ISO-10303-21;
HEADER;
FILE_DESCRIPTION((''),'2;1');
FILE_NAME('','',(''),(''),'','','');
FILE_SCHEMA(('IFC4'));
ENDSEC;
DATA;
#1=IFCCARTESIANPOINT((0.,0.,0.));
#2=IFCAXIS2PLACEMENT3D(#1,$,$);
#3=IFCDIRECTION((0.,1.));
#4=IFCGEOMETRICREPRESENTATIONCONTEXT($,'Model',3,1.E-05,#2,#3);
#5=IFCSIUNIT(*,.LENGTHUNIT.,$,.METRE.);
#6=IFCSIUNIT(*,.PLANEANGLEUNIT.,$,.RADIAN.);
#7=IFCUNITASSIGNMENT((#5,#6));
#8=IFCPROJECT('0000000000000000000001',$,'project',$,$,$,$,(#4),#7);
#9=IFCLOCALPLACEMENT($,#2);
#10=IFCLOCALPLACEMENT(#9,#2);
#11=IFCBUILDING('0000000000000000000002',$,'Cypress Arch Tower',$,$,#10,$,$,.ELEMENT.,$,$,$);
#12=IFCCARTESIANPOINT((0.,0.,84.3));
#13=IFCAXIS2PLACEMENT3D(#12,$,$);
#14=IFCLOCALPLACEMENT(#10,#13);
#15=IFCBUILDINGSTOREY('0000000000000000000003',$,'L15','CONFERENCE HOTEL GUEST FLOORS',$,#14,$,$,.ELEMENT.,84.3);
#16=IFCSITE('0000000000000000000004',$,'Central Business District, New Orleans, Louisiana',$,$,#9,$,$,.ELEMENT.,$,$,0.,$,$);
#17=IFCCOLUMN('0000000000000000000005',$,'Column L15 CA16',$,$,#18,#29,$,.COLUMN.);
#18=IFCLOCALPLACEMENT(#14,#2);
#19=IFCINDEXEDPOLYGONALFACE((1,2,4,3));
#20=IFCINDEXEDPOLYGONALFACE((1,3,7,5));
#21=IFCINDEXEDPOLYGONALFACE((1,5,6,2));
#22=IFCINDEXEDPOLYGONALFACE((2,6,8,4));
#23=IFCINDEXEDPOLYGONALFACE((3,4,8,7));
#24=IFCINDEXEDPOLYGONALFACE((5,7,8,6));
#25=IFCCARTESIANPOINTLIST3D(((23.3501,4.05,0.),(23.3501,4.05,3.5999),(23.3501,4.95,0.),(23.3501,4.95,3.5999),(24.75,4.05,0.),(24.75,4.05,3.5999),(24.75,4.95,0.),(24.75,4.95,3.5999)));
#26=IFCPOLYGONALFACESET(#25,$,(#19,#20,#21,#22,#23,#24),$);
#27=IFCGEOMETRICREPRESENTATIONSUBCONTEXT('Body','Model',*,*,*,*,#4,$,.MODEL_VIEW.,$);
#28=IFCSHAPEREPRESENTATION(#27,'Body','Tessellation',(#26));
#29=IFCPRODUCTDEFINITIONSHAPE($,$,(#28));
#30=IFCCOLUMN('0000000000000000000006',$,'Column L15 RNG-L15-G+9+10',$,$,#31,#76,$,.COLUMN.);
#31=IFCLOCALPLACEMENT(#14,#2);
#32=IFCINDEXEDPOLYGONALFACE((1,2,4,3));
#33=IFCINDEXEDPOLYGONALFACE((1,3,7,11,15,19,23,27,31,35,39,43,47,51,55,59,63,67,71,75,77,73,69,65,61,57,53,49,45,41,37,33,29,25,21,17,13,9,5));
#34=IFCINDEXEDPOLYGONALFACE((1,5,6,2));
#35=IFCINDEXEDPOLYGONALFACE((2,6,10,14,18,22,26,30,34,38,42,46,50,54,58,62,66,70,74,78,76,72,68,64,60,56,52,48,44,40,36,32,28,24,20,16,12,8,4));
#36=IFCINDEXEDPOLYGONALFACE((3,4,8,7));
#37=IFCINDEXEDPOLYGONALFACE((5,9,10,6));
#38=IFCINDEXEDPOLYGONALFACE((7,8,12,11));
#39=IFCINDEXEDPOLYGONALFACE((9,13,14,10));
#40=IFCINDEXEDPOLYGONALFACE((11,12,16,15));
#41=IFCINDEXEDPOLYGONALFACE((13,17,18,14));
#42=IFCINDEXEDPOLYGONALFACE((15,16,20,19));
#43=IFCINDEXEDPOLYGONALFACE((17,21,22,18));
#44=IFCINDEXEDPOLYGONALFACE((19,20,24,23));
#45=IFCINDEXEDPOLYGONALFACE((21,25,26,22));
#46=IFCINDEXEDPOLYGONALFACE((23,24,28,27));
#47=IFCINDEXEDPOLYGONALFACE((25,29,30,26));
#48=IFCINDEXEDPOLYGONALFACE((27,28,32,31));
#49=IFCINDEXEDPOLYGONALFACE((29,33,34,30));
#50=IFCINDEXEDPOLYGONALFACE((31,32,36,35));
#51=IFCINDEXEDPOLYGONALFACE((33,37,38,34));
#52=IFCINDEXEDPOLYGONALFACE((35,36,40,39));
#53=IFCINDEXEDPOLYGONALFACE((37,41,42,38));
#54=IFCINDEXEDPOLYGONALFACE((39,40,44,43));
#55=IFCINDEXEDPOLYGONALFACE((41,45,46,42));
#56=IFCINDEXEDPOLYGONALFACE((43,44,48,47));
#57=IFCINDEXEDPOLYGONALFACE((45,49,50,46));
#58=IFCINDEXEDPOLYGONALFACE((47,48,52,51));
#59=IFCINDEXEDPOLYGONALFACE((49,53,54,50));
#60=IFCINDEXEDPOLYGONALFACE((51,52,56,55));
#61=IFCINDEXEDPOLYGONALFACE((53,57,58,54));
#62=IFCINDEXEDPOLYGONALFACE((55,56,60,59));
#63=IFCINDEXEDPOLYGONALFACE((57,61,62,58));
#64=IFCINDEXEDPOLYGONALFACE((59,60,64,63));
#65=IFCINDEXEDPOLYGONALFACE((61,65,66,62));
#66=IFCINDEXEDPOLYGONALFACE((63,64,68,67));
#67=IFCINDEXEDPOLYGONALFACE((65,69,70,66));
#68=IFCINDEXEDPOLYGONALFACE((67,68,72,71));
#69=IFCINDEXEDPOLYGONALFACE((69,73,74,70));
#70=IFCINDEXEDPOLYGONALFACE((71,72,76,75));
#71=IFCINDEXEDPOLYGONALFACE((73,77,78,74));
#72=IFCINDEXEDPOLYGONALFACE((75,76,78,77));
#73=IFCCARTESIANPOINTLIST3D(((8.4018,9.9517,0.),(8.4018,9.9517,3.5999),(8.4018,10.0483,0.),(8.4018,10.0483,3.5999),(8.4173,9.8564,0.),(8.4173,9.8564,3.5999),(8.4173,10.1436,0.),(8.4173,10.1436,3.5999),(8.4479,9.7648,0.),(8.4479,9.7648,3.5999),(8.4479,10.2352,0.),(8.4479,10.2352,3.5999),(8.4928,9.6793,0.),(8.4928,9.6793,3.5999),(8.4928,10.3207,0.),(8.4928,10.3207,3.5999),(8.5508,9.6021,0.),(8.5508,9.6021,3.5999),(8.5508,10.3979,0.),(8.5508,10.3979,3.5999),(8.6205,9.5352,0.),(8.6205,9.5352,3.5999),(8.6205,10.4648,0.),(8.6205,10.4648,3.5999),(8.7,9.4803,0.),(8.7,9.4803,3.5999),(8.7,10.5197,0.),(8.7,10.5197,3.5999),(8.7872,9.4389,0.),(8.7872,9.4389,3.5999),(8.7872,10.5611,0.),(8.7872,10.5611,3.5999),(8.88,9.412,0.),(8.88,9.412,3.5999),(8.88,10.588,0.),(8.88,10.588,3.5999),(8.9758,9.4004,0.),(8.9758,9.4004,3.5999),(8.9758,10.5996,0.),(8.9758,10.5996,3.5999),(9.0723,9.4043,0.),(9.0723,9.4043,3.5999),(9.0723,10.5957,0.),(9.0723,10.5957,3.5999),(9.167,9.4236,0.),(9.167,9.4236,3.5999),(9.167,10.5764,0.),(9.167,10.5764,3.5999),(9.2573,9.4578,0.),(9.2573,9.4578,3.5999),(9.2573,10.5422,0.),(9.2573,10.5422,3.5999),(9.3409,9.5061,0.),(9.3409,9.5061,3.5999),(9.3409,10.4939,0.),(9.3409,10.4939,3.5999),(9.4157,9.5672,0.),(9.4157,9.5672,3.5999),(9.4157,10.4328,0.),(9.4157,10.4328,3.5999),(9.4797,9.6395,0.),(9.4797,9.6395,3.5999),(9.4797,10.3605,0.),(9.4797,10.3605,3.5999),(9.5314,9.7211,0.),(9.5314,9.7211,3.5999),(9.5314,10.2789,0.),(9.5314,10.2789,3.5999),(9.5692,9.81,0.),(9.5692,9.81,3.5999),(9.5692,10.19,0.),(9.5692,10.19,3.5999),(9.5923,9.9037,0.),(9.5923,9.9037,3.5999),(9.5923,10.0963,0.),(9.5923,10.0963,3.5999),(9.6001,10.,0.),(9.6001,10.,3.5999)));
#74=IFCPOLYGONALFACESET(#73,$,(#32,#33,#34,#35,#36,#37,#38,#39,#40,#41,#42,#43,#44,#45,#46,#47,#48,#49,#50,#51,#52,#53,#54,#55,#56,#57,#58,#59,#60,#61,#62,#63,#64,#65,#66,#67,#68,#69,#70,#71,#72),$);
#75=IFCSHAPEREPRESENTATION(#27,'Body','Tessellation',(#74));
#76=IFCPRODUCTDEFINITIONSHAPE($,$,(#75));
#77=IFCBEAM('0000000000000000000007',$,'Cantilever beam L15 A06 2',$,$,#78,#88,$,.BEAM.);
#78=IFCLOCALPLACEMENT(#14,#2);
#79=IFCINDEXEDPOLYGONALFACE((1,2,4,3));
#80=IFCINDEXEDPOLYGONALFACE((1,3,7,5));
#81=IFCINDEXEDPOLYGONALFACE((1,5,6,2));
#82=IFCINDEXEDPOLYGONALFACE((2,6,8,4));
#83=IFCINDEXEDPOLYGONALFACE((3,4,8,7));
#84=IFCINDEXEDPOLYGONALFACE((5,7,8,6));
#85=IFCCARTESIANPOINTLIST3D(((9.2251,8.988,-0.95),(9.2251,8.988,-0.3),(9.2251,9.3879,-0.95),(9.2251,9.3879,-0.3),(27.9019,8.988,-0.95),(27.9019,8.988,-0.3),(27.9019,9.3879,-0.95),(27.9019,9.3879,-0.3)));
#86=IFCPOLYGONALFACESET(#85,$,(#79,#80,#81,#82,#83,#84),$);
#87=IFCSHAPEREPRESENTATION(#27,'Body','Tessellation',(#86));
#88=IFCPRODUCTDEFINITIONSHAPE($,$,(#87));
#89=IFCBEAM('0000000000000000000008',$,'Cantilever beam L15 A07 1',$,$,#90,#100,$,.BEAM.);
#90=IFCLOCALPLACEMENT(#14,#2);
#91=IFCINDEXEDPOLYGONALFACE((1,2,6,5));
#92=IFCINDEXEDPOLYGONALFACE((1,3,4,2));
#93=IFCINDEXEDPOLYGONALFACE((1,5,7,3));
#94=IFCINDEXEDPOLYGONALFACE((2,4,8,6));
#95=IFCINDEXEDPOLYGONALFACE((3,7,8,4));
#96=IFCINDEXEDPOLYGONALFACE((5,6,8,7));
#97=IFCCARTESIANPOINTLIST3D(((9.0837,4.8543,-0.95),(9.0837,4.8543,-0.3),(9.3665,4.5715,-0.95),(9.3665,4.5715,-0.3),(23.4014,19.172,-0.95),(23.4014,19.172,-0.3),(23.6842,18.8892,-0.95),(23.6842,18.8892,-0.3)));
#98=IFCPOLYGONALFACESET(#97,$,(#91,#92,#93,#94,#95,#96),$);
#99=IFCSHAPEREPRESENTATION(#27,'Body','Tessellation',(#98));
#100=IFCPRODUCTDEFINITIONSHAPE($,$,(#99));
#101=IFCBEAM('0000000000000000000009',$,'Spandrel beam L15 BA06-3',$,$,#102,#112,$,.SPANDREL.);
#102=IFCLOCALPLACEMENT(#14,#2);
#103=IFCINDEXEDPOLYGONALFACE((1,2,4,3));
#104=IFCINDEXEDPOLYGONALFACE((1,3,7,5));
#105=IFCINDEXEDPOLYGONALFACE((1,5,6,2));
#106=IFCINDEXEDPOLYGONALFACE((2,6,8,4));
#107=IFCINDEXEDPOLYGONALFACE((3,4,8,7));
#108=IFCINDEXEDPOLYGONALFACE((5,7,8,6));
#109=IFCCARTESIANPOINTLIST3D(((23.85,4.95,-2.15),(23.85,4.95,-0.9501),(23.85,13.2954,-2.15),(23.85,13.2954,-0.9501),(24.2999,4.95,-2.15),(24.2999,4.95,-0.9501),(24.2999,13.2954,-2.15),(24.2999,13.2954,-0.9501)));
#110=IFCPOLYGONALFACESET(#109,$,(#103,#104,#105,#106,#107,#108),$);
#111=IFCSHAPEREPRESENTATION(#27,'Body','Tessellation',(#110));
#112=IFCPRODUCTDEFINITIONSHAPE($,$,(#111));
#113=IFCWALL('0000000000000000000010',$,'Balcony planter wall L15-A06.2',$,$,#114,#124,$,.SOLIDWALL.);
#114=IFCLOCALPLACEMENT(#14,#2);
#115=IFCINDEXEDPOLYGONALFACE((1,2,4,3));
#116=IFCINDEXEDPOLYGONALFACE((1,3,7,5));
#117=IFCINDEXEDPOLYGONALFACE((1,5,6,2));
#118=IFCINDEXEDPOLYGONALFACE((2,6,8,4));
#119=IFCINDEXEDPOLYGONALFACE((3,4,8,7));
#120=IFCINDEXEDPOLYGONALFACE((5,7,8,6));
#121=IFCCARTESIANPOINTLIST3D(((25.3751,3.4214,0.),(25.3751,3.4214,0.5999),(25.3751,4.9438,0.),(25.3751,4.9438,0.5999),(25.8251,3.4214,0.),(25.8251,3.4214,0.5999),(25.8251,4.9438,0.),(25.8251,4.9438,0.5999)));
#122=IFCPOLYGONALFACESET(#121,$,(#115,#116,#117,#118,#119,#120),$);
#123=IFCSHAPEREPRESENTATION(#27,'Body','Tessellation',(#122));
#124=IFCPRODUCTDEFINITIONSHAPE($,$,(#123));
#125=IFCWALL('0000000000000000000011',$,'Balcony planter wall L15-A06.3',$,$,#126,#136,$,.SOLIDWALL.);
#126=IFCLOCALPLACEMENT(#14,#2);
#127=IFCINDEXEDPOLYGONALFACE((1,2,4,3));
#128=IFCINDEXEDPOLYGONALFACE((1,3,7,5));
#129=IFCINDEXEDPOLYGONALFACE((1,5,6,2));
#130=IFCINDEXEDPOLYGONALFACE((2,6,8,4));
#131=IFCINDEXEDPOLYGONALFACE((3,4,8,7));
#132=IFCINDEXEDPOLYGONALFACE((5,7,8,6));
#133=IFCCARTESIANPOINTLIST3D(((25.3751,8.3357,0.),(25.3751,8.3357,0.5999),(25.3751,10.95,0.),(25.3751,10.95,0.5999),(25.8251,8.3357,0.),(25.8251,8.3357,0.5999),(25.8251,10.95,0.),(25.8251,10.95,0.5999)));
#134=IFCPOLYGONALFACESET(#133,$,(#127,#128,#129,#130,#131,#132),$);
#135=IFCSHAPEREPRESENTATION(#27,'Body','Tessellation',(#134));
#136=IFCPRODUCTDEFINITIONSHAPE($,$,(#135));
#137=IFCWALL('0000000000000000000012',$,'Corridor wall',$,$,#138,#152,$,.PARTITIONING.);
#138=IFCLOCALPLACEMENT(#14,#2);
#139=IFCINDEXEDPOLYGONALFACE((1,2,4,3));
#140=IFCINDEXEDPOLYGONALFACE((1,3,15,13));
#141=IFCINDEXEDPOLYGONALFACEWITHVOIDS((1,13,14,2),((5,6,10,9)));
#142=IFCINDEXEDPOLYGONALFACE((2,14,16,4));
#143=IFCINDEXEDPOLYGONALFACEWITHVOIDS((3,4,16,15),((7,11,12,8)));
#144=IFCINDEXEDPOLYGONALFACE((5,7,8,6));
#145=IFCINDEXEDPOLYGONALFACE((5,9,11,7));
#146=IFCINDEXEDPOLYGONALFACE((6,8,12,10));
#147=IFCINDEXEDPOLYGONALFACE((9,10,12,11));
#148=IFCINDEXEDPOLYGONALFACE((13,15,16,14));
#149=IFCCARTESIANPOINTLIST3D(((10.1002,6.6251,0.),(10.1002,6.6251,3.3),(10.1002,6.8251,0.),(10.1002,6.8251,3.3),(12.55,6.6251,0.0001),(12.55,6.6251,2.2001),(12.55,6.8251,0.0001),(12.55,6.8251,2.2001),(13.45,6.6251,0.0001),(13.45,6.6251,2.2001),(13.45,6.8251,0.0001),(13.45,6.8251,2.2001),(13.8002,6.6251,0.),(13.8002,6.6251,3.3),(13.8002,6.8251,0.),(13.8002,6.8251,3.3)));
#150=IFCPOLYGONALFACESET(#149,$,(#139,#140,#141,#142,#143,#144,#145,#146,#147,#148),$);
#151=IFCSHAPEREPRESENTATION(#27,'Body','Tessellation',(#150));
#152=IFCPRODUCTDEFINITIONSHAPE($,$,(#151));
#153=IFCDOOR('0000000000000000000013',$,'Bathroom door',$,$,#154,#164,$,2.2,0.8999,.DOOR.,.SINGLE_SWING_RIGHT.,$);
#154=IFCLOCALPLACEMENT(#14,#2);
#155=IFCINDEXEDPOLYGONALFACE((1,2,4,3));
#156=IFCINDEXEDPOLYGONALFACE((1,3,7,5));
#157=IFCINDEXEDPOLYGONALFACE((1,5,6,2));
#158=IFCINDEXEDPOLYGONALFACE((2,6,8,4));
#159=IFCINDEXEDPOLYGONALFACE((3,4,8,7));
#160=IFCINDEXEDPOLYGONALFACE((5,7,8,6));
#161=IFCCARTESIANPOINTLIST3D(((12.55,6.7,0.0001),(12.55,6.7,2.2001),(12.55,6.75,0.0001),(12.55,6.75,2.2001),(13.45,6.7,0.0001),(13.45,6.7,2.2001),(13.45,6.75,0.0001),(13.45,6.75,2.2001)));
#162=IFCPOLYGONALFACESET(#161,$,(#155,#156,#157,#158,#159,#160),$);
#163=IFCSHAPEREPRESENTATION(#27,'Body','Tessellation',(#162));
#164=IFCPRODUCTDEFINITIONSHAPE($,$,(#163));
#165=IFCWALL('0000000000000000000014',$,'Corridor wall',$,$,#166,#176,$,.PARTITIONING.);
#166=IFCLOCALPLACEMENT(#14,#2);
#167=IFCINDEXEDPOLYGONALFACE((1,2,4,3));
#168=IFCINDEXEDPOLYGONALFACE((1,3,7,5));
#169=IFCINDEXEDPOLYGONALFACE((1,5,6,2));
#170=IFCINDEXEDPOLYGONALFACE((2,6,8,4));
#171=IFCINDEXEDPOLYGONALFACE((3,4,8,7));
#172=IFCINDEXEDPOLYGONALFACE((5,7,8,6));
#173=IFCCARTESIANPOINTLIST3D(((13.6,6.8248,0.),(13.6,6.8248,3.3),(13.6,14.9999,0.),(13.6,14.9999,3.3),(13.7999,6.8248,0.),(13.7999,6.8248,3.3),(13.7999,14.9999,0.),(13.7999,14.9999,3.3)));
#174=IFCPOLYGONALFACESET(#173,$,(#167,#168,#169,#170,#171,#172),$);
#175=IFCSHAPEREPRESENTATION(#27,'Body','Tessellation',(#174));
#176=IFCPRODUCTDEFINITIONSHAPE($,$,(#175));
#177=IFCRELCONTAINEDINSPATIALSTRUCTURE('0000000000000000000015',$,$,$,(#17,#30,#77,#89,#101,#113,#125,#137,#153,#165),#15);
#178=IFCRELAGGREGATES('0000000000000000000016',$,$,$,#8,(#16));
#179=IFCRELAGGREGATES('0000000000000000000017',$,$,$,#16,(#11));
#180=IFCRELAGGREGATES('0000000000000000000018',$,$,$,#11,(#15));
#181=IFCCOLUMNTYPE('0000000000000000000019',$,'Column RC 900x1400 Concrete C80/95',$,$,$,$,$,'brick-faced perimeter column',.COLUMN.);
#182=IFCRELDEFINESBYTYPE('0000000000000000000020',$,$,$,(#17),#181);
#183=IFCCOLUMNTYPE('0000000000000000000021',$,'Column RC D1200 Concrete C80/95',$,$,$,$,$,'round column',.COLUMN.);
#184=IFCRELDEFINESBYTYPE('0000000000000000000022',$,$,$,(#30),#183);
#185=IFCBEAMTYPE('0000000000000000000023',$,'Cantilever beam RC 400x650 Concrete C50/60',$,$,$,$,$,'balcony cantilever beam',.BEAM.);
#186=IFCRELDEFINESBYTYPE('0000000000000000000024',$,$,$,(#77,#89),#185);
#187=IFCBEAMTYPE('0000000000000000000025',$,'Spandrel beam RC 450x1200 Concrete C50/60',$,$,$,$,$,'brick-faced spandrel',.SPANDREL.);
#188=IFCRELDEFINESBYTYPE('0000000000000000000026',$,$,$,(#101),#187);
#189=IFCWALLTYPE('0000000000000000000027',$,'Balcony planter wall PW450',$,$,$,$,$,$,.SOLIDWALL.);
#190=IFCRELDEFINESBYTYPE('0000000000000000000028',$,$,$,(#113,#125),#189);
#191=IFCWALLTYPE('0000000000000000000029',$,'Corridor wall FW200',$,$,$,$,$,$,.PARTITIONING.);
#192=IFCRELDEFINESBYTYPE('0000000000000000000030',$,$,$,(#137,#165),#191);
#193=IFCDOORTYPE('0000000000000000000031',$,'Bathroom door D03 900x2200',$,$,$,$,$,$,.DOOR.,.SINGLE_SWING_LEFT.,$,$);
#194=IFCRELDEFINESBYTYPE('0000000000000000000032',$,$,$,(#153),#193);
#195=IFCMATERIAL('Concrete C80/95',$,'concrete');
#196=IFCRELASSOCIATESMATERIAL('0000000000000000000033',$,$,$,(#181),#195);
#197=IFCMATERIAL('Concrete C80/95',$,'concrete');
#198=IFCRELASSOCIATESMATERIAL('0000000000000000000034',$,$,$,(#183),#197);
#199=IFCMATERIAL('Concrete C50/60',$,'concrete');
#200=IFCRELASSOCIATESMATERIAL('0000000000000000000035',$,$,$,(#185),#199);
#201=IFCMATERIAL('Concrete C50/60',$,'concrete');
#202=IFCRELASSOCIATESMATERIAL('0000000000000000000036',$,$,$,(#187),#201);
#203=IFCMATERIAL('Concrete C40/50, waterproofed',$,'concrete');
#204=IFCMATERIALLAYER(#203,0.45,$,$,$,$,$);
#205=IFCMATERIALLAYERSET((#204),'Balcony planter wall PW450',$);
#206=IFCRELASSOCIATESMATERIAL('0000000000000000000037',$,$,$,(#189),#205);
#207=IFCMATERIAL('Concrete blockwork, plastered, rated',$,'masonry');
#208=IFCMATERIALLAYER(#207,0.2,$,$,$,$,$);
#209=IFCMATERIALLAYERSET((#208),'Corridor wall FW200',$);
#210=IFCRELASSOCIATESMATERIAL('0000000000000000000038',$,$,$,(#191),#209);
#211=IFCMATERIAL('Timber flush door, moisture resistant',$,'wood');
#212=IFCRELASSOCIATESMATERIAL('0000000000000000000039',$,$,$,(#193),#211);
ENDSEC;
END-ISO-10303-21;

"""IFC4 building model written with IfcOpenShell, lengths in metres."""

from ifc_helpers import new_model, si_unit, direction, frame, frame_2d, origin, origin_2d, place, context, subcontext, project, spatial, rectangle, circle, extrude, material, layer, layer_set, material_profile, profile_set, type_object, element, fill, save


model = new_model("IFC4")

# Units and contexts
model_context = context("Model", 3, precision=1e-05, world=origin(), true_north=direction((0.0, 1.0)))
body_context = subcontext(model_context, "Body", "Model", "MODEL_VIEW")
ifc_project = project(units=[si_unit("LENGTHUNIT", "METRE"), si_unit("PLANEANGLEUNIT", "RADIAN")], contexts=[model_context])

# Site, building, storey
site_placement = place(None, origin())
site = spatial("IfcSite", under=ifc_project, at=site_placement, Name="Central Business District, New Orleans, Louisiana", CompositionType="ELEMENT", RefElevation=0.0)
building_placement = place(site_placement, origin())
building = spatial("IfcBuilding", under=site, at=building_placement, Name="Cypress Arch Tower", CompositionType="ELEMENT")
storey_placement = place(building_placement, frame((0.0, 0.0, 84.3)))
storey = spatial("IfcBuildingStorey", under=building, at=storey_placement, Name="L15", Description="CONFERENCE HOTEL GUEST FLOORS", CompositionType="ELEMENT", Elevation=84.3)

# Columns
ifc_material_1 = material(Name="Concrete C80/95", Category="concrete")
ifc_material_profile_1 = material_profile(ifc_material_1, rectangle(XDim=0.8999, YDim=1.3999, at=origin_2d()), Name="RC 900x1400")
ifc_profile_set_1 = profile_set([ifc_material_profile_1], Name="Concrete C80/95")
column_type_1 = type_object("IfcColumnType", Name="Column RC 900x1400 Concrete C80/95", ElementType="brick-faced perimeter column", PredefinedType="COLUMN", material=ifc_profile_set_1)
column_1_placement = place(storey_placement, frame((24.05, 4.5, 0.0), z_axis=(0.0, 0.0, 1.0), x_axis=(0.0, 1.0, 0.0)))
element("IfcColumn", 1, at=column_1_placement, inside=storey, type_object=column_type_1, Name="Column L15 CA16", PredefinedType="COLUMN", context=body_context, shape_type="SweptSolid", body=[
    extrude(rectangle(XDim=0.8999, YDim=1.3999, at=origin_2d()), origin(), (0.0, 0.0, 1.0), 3.5999),
])
ifc_material_2 = material(Name="Concrete C80/95", Category="concrete")
ifc_material_profile_2 = material_profile(ifc_material_2, circle(Radius=0.6001, at=origin_2d()), Name="RC D1200")
ifc_profile_set_2 = profile_set([ifc_material_profile_2], Name="Concrete C80/95")
column_type_2 = type_object("IfcColumnType", Name="Column RC D1200 Concrete C80/95", ElementType="round column", PredefinedType="COLUMN", material=ifc_profile_set_2)
column_2_placement = place(storey_placement, frame((9.0, 10.0, 0.0), z_axis=(0.0, 0.0, 1.0), x_axis=(1.0, 0.0, 0.0)))
element("IfcColumn", 2, at=column_2_placement, inside=storey, type_object=column_type_2, Name="Column L15 RNG-L15-G+9+10", PredefinedType="COLUMN", context=body_context, shape_type="SweptSolid", body=[
    extrude(circle(Radius=0.6001, at=origin_2d()), origin(), (0.0, 0.0, 1.0), 3.5999),
])

# Beams
ifc_material_3 = material(Name="Concrete C50/60", Category="concrete")
ifc_material_profile_3 = material_profile(ifc_material_3, rectangle(XDim=0.3999, YDim=0.6499, at=origin_2d()), Name="RC 400x650")
ifc_profile_set_3 = profile_set([ifc_material_profile_3], Name="Concrete C50/60")
beam_type_1 = type_object("IfcBeamType", Name="Cantilever beam RC 400x650 Concrete C50/60", ElementType="balcony cantilever beam", PredefinedType="BEAM", material=ifc_profile_set_3)
beam_1_placement = place(storey_placement, frame((9.2251, 9.188, -0.625), z_axis=(1.0, 0.0, 0.0), x_axis=(0.0, 1.0, 0.0)))
element("IfcBeam", 3, at=beam_1_placement, inside=storey, type_object=beam_type_1, Name="Cantilever beam L15 A06 2", PredefinedType="BEAM", context=body_context, shape_type="SweptSolid", body=[
    extrude(rectangle(XDim=0.3999, YDim=0.6499, at=origin_2d()), origin(), (0.0, 0.0, 1.0), 18.6768),
])
beam_2_placement = place(storey_placement, frame((9.2251, 4.7129, -0.625), z_axis=(0.707107, 0.707107, 0.0), x_axis=(-0.707107, 0.707107, 0.0)))
element("IfcBeam", 4, at=beam_2_placement, inside=storey, type_object=beam_type_1, Name="Cantilever beam L15 A07 1", PredefinedType="BEAM", context=body_context, shape_type="SweptSolid", body=[
    extrude(rectangle(XDim=0.3999, YDim=0.6499, at=origin_2d()), origin(), (0.0, 0.0, 1.0), 20.2483),
])
ifc_material_4 = material(Name="Concrete C50/60", Category="concrete")
ifc_material_profile_4 = material_profile(ifc_material_4, rectangle(XDim=0.45, YDim=1.2, at=origin_2d()), Name="RC 450x1200")
ifc_profile_set_4 = profile_set([ifc_material_profile_4], Name="Concrete C50/60")
beam_type_2 = type_object("IfcBeamType", Name="Spandrel beam RC 450x1200 Concrete C50/60", ElementType="brick-faced spandrel", PredefinedType="SPANDREL", material=ifc_profile_set_4)
beam_3_placement = place(storey_placement, frame((24.075, 4.95, -1.55), z_axis=(0.0, 1.0, 0.0), x_axis=(-1.0, 0.0, 0.0)))
element("IfcBeam", 5, at=beam_3_placement, inside=storey, type_object=beam_type_2, Name="Spandrel beam L15 BA06-3", PredefinedType="SPANDREL", context=body_context, shape_type="SweptSolid", body=[
    extrude(rectangle(XDim=0.45, YDim=1.2, at=origin_2d()), origin(), (0.0, 0.0, 1.0), 8.3455),
])

# Walls
ifc_material_5 = material(Name="Concrete C40/50, waterproofed", Category="concrete")
ifc_layer_1 = layer(ifc_material_5, 0.45)
ifc_layer_set_1 = layer_set([ifc_layer_1], Name="Balcony planter wall PW450")
wall_type_1 = type_object("IfcWallType", Name="Balcony planter wall PW450", PredefinedType="SOLIDWALL", material=ifc_layer_set_1)
wall_1_placement = place(storey_placement, frame((25.6001, 3.4214, 0.0), z_axis=(0.0, 0.0, 1.0), x_axis=(0.0, 1.0, 0.0)))
element("IfcWall", 6, at=wall_1_placement, inside=storey, type_object=wall_type_1, Name="Balcony planter wall L15-A06.2", PredefinedType="SOLIDWALL", context=body_context, shape_type="SweptSolid", body=[
    extrude(rectangle(XDim=1.5225, YDim=0.45, at=frame_2d((0.7612, 0.0))), origin(), (0.0, 0.0, 1.0), 0.5999),
])
wall_2_placement = place(storey_placement, frame((25.6001, 8.3357, 0.0), z_axis=(0.0, 0.0, 1.0), x_axis=(0.0, 1.0, 0.0)))
element("IfcWall", 7, at=wall_2_placement, inside=storey, type_object=wall_type_1, Name="Balcony planter wall L15-A06.3", PredefinedType="SOLIDWALL", context=body_context, shape_type="SweptSolid", body=[
    extrude(rectangle(XDim=2.6143, YDim=0.45, at=frame_2d((1.3071, 0.0))), origin(), (0.0, 0.0, 1.0), 0.5999),
])

# Wall, opening, door
ifc_material_6 = material(Name="Concrete blockwork, plastered, rated", Category="masonry")
ifc_layer_2 = layer(ifc_material_6, 0.2)
ifc_layer_set_2 = layer_set([ifc_layer_2], Name="Corridor wall FW200")
wall_type_2 = type_object("IfcWallType", Name="Corridor wall FW200", PredefinedType="PARTITIONING", material=ifc_layer_set_2)
wall_3_placement = place(storey_placement, frame((10.1001, 6.7251, 0.0), z_axis=(0.0, 0.0, 1.0), x_axis=(1.0, 0.0, 0.0)))
wall_3 = element("IfcWall", 8, at=wall_3_placement, inside=storey, type_object=wall_type_2, Name="Corridor wall", PredefinedType="PARTITIONING", context=body_context, shape_type="SweptSolid", body=[
    extrude(rectangle(XDim=3.7, YDim=0.2, at=frame_2d((1.8501, 0.0))), origin(), (0.0, 0.0, 1.0), 3.3),
])
opening_1_placement = place(wall_3_placement, frame((2.45, 0.0, 0.0)))
opening_1 = element("IfcOpeningElement", 9, at=opening_1_placement, cuts=wall_3, PredefinedType="OPENING", context=body_context, shape_type="SweptSolid", body=[
    extrude(rectangle(XDim=0.8999, YDim=2.2, at=frame_2d((0.45, 1.1001))), frame((0.0, 0.1099, 0.0), z_axis=(0.0, -1.0, 0.0), x_axis=(1.0, 0.0, 0.0)), (0.0, 0.0, 1.0), 0.22),
])
ifc_material_7 = material(Name="Timber flush door, moisture resistant", Category="wood")
door_type_1 = type_object("IfcDoorType", Name="Bathroom door D03 900x2200", OperationType="SINGLE_SWING_LEFT", PredefinedType="DOOR", material=ifc_material_7)
door_1_placement = place(opening_1_placement, origin())
door_1 = element("IfcDoor", 10, at=door_1_placement, inside=storey, type_object=door_type_1, Name="Bathroom door", OperationType="SINGLE_SWING_RIGHT", OverallHeight=2.2, OverallWidth=0.8999, PredefinedType="DOOR", context=body_context, shape_type="SweptSolid", body=[
    extrude(rectangle(XDim=0.8999, YDim=2.2, at=frame_2d((0.45, 1.1001))), frame((0.0, 0.0249, 0.0), z_axis=(0.0, -1.0, 0.0), x_axis=(1.0, 0.0, 0.0)), (0.0, 0.0, 1.0), 0.05),
])
fill(opening_1, door_1)

# Wall
wall_4_placement = place(storey_placement, frame((13.7, 6.825, 0.0), z_axis=(0.0, 0.0, 1.0), x_axis=(0.0, 1.0, 0.0)))
element("IfcWall", 11, at=wall_4_placement, inside=storey, type_object=wall_type_2, Name="Corridor wall", PredefinedType="PARTITIONING", context=body_context, shape_type="SweptSolid", body=[
    extrude(rectangle(XDim=8.175, YDim=0.2, at=frame_2d((4.0874, 0.0))), origin(), (0.0, 0.0, 1.0), 3.3),
])

save(model, "model.ifc")
